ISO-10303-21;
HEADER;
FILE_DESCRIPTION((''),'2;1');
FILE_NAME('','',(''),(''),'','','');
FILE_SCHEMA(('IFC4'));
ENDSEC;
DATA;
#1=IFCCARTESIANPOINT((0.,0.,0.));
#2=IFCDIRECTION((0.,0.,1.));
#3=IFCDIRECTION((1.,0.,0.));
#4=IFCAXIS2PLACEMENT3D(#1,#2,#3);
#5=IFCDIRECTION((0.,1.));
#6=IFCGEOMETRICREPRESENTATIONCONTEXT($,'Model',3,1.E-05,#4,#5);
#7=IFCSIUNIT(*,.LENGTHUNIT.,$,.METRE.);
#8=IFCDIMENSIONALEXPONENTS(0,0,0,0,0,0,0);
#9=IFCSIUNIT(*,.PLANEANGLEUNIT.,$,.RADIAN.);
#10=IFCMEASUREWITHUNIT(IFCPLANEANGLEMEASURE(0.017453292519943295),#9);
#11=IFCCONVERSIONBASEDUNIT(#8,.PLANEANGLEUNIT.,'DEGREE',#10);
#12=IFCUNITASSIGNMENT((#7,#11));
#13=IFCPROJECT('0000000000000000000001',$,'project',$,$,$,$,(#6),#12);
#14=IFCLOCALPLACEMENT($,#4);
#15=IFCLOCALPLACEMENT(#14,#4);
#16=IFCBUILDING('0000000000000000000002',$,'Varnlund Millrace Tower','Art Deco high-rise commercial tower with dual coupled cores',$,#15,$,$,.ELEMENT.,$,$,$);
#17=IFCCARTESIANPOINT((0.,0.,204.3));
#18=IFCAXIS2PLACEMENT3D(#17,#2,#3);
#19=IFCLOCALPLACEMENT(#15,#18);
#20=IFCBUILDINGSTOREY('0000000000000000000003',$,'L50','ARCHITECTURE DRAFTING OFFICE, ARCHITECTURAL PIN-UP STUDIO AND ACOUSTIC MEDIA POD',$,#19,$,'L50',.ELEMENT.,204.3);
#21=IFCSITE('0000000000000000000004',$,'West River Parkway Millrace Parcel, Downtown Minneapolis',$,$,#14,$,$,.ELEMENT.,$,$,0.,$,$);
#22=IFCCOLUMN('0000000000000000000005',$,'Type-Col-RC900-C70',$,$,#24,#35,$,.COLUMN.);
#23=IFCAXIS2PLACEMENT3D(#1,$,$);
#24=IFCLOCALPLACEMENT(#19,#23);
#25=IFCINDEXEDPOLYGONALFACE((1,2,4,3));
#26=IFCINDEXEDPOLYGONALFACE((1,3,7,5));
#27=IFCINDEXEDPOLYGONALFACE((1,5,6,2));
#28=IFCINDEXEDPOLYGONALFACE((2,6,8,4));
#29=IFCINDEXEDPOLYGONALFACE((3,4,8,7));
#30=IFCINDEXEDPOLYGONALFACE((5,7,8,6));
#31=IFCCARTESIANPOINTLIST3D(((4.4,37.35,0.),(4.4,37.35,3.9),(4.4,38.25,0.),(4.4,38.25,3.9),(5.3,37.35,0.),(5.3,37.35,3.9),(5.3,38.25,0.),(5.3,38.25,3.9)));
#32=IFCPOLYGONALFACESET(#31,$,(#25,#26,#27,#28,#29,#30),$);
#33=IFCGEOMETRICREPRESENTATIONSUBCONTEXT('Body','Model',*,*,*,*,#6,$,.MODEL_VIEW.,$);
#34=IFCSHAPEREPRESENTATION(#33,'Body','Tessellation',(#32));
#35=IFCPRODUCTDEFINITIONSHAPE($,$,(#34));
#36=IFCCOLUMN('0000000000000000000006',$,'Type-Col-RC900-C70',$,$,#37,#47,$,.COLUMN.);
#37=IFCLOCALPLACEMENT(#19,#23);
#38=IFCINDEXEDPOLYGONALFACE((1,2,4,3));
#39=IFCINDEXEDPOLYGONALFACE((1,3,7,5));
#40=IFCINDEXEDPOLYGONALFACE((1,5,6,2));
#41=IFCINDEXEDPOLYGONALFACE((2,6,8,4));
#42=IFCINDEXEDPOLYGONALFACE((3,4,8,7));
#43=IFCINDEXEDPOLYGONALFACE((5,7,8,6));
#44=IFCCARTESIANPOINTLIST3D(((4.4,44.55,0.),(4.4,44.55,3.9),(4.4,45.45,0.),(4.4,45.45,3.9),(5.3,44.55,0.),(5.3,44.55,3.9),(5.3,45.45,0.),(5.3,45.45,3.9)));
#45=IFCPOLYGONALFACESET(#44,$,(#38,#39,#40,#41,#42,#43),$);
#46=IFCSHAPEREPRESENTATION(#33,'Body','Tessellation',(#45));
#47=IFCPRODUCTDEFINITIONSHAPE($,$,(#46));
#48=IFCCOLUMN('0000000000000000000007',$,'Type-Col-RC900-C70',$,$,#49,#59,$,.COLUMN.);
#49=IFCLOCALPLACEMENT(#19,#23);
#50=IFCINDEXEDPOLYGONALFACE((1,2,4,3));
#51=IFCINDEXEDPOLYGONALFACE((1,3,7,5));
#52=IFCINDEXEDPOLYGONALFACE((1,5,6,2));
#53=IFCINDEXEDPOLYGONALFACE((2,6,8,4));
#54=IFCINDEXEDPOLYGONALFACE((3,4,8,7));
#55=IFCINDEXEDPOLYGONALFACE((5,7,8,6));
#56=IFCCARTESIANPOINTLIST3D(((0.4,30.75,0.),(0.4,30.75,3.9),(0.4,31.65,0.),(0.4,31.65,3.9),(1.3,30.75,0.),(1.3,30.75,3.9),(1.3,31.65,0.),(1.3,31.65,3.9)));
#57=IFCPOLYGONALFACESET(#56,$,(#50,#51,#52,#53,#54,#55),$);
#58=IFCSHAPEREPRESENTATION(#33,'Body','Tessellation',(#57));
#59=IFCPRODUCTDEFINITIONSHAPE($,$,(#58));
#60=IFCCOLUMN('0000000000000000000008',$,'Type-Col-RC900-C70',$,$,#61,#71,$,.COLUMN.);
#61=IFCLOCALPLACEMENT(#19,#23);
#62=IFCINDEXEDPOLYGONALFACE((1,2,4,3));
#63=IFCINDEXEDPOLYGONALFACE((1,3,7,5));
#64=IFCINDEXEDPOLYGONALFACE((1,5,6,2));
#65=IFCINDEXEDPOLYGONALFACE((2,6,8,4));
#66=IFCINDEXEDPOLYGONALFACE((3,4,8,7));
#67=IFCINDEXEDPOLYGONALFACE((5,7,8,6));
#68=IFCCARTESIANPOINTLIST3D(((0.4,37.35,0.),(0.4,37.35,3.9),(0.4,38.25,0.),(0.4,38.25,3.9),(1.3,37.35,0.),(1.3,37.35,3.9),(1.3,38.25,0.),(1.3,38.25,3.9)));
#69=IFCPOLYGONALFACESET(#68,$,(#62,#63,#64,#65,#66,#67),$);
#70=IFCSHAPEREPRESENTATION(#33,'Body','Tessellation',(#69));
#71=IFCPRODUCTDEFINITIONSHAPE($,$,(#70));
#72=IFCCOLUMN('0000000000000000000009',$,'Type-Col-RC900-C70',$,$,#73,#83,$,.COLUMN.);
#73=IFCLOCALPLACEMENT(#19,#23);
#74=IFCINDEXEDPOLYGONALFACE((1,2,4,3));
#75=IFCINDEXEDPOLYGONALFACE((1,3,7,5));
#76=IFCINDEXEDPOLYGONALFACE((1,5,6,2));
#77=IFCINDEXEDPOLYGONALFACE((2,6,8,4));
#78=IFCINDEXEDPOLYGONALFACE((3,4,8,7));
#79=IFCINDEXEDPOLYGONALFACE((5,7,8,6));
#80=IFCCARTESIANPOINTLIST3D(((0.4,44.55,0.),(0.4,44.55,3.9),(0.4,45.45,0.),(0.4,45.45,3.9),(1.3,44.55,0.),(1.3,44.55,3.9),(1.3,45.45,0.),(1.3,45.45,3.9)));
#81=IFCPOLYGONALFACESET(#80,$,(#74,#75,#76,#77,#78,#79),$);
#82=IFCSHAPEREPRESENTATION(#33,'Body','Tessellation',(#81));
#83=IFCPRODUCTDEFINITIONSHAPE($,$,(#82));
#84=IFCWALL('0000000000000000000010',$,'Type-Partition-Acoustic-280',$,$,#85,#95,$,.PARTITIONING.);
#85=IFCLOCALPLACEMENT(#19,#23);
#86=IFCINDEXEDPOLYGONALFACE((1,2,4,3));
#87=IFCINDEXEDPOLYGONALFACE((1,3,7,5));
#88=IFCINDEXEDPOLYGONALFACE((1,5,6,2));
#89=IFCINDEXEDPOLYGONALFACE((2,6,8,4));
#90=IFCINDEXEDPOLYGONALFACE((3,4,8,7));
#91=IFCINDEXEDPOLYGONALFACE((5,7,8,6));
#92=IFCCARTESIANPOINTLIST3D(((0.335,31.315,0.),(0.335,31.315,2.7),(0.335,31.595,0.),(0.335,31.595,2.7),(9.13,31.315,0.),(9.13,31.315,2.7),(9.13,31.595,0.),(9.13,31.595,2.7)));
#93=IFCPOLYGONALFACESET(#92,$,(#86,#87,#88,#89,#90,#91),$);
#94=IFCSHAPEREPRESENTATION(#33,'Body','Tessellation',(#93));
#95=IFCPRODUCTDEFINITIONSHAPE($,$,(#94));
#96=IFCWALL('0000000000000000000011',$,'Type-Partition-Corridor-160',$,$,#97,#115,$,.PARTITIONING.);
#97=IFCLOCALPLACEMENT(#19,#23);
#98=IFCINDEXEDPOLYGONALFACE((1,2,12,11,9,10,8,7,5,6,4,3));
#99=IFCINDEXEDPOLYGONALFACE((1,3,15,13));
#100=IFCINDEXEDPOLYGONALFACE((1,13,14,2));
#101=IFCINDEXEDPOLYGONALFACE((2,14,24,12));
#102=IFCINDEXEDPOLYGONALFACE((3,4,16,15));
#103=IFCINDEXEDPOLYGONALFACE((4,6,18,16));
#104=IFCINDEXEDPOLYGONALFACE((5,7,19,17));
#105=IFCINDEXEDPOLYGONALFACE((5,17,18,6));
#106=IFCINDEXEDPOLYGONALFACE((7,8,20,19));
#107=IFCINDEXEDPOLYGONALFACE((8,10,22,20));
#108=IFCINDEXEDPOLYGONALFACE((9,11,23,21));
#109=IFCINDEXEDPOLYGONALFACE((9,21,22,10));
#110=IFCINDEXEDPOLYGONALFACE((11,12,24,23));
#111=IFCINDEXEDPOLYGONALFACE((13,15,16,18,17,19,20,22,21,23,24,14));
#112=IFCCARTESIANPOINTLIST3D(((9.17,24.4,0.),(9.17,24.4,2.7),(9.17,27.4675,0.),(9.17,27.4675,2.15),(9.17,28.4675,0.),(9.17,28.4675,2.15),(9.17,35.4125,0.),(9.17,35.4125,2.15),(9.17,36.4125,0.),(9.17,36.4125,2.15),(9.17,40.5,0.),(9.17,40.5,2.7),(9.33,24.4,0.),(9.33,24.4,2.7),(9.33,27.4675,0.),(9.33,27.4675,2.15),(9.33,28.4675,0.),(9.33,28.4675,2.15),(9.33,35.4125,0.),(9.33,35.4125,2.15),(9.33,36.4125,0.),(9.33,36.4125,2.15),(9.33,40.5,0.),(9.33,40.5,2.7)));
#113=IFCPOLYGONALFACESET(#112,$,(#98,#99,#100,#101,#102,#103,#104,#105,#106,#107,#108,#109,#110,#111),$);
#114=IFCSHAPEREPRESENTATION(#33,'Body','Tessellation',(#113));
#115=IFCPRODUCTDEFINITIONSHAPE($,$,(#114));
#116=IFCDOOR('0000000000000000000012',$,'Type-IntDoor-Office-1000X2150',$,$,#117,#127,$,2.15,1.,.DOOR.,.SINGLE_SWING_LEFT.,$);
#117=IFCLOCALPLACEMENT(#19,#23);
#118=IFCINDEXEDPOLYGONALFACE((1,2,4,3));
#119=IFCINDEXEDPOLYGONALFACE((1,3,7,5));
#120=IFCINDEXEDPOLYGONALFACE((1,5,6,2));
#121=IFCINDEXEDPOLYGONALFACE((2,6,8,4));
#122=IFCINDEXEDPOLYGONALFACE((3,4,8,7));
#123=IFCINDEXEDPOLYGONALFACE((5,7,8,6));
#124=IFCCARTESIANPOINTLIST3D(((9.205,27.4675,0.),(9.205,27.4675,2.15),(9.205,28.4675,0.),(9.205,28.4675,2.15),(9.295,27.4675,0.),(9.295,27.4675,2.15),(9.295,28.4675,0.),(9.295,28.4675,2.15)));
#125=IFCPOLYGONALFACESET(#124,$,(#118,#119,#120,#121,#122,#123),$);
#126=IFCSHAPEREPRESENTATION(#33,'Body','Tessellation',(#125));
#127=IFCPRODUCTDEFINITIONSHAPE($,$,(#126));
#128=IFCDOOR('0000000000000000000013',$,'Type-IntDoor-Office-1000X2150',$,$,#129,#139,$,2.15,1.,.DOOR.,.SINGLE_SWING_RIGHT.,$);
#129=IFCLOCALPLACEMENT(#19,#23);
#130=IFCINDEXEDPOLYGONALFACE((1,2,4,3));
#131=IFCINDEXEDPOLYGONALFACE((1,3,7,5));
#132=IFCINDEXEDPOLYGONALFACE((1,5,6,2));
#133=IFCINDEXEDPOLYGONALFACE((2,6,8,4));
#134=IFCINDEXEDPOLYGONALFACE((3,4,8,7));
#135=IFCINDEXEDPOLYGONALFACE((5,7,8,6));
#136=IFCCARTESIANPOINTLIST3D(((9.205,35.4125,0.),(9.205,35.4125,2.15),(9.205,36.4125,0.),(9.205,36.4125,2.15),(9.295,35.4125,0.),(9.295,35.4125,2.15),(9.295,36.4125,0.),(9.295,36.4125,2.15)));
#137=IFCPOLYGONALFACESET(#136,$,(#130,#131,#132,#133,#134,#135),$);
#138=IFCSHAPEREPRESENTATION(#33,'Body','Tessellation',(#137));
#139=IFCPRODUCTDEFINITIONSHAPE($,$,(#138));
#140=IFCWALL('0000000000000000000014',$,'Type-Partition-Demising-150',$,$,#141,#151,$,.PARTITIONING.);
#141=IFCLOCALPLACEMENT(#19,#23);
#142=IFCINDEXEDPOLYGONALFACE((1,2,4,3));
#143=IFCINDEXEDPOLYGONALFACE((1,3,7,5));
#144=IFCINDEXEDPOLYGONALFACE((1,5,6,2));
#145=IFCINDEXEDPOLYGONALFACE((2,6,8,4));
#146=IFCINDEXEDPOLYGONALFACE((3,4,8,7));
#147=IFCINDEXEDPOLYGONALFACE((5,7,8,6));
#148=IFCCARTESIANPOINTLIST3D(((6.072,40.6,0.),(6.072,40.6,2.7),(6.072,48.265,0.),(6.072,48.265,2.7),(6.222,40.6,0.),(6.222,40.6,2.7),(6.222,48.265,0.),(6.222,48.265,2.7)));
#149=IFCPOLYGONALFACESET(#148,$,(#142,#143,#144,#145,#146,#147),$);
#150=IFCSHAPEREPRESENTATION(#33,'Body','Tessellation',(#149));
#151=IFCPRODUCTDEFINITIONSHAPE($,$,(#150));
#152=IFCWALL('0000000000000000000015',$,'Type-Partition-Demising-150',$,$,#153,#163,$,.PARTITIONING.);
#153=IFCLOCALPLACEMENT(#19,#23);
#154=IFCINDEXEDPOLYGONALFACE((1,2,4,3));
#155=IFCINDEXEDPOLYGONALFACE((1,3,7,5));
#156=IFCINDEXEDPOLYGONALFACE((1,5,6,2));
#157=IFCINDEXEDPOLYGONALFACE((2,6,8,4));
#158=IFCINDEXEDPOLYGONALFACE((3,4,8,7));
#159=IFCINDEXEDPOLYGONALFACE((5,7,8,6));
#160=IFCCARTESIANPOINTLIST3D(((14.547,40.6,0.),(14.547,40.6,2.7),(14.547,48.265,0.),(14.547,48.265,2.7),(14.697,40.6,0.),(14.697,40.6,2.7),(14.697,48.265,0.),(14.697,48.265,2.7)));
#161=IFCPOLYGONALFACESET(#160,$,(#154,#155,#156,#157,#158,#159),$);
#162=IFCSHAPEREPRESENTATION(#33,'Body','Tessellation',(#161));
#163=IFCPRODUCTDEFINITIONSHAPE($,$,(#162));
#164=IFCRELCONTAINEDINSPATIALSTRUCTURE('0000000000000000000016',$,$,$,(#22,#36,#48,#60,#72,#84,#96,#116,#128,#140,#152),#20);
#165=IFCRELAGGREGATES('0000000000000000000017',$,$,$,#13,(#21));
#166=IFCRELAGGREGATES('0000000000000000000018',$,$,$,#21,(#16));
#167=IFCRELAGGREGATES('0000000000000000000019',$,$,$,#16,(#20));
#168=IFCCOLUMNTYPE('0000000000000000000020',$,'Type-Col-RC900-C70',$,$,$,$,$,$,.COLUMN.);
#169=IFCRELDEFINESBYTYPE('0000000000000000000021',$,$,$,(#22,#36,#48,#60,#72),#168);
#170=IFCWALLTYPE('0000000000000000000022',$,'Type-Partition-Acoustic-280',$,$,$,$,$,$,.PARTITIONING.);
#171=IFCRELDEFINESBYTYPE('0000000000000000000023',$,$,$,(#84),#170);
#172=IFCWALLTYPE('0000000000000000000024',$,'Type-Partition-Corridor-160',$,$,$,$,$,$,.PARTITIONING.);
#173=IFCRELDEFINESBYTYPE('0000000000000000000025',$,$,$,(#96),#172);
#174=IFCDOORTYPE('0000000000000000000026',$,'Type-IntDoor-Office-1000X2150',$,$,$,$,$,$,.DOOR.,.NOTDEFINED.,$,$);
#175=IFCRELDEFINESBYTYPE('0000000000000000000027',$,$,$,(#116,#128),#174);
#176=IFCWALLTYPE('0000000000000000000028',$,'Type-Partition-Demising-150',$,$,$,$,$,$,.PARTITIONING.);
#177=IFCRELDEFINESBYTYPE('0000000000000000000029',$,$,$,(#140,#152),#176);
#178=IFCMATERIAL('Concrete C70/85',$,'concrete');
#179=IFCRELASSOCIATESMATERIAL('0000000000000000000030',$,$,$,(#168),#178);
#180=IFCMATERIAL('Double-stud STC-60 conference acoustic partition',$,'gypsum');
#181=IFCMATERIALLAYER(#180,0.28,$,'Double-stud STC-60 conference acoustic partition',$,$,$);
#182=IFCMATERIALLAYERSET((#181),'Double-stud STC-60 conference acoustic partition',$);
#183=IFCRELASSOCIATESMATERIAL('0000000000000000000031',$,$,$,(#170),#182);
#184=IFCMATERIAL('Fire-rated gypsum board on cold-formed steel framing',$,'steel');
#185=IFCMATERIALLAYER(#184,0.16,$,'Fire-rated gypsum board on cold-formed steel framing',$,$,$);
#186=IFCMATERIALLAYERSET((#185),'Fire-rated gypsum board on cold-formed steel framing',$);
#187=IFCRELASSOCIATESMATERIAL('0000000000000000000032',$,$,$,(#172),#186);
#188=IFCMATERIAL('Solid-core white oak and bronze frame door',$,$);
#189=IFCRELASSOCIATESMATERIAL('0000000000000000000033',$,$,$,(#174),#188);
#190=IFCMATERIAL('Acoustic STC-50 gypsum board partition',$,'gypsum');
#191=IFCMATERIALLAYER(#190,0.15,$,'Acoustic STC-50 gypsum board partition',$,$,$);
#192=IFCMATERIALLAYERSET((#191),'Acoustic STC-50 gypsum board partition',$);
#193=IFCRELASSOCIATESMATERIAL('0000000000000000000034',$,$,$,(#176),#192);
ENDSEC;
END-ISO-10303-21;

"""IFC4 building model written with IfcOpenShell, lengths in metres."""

from ifc_helpers import new_model, entity, si_unit, converted_unit, direction, frame, origin_with_axes, origin_2d_with_axis, place, context, subcontext, project, spatial, polyline, rectangle, outline, extrude, material, layer, layer_set, material_profile, profile_set, type_object, element, fill, save


model = new_model("IFC4")

# Units and contexts
model_context = context("Model", 3, precision=1e-05, world=origin_with_axes(), true_north=direction((0.0, 1.0)))
body_context = subcontext(model_context, "Body", "Model", "MODEL_VIEW")
ifc_project = project(units=[si_unit("LENGTHUNIT", "METRE"), converted_unit("PLANEANGLEUNIT", "DEGREE", entity("IfcPlaneAngleMeasure", 0.017453292519943295), si_unit("PLANEANGLEUNIT", "RADIAN"), dimensions=[0, 0, 0, 0, 0, 0, 0])], contexts=[model_context])

# Site, building, storey
site_placement = place(None, origin_with_axes())
site = spatial("IfcSite", under=ifc_project, at=site_placement, Name="West River Parkway Millrace Parcel, Downtown Minneapolis", CompositionType="ELEMENT", RefElevation=0.0)
building_placement = place(site_placement, origin_with_axes())
building = spatial("IfcBuilding", under=site, at=building_placement, Name="Varnlund Millrace Tower", Description="Art Deco high-rise commercial tower with dual coupled cores", CompositionType="ELEMENT")
storey_placement = place(building_placement, frame((0.0, 0.0, 204.3), z_axis=(0.0, 0.0, 1.0), x_axis=(1.0, 0.0, 0.0)))
storey = spatial("IfcBuildingStorey", under=building, at=storey_placement, Name="L50", Description="ARCHITECTURE DRAFTING OFFICE, ARCHITECTURAL PIN-UP STUDIO AND ACOUSTIC MEDIA POD", LongName="L50", CompositionType="ELEMENT", Elevation=204.3)

# Columns
ifc_material_1 = material(Name="Concrete C70/85", Category="concrete")
ifc_material_profile = material_profile(ifc_material_1, rectangle(XDim=0.9, YDim=0.9, at=origin_2d_with_axis()), Name="Concrete C70/85")
ifc_profile_set = profile_set([ifc_material_profile], Name="Concrete C70/85")
column_type = type_object("IfcColumnType", Name="Type-Col-RC900-C70", PredefinedType="COLUMN", material=ifc_profile_set)
for number, where, z_axis, x_axis, name in (
    (1, (4.85, 37.8, 0.0), (0.0, 0.0, 1.0), (1.0, 0.0, 0.0), "Type-Col-RC900-C70"),
    (2, (4.85, 45.0, 0.0), (0.0, 0.0, 1.0), (1.0, 0.0, 0.0), "Type-Col-RC900-C70"),
    (3, (0.85, 31.2, 0.0), (0.0, 0.0, 1.0), (1.0, 0.0, 0.0), "Type-Col-RC900-C70"),
    (4, (0.85, 37.8, 0.0), (0.0, 0.0, 1.0), (1.0, 0.0, 0.0), "Type-Col-RC900-C70"),
    (5, (0.85, 45.0, 0.0), (0.0, 0.0, 1.0), (1.0, 0.0, 0.0), "Type-Col-RC900-C70"),
):
    element("IfcColumn", number, at=place(storey_placement, frame(where, z_axis=z_axis, x_axis=x_axis)), inside=storey, type_object=column_type, Name=name, PredefinedType="COLUMN", context=body_context, shape_type="SweptSolid", body=[
        extrude(rectangle(XDim=0.9, YDim=0.9, at=origin_2d_with_axis()), origin_with_axes(), (0.0, 0.0, 1.0), 3.9),
    ])

# Wall
ifc_material_2 = material(Name="Double-stud STC-60 conference acoustic partition", Category="gypsum")
ifc_layer_1 = layer(ifc_material_2, 0.28, Name="Double-stud STC-60 conference acoustic partition")
ifc_layer_set_1 = layer_set([ifc_layer_1], Name="Double-stud STC-60 conference acoustic partition")
wall_type_1 = type_object("IfcWallType", Name="Type-Partition-Acoustic-280", PredefinedType="PARTITIONING", material=ifc_layer_set_1)
wall_1_placement = place(storey_placement, frame((0.335, 31.455, 0.0), z_axis=(0.0, 0.0, 1.0), x_axis=(1.0, 0.0, 0.0)))
element("IfcWall", 6, at=wall_1_placement, inside=storey, type_object=wall_type_1, Name="Type-Partition-Acoustic-280", PredefinedType="PARTITIONING", context=body_context, shape_type="SweptSolid", body=[
    extrude(outline(polyline([(0.0, -0.14), (8.795, -0.14), (8.795, 0.14), (0.0, 0.14), (0.0, -0.14)])), origin_with_axes(), (0.0, 0.0, 1.0), 2.7),
])

# Wall, openings, doors
ifc_material_3 = material(Name="Fire-rated gypsum board on cold-formed steel framing", Category="steel")
ifc_layer_2 = layer(ifc_material_3, 0.16, Name="Fire-rated gypsum board on cold-formed steel framing")
ifc_layer_set_2 = layer_set([ifc_layer_2], Name="Fire-rated gypsum board on cold-formed steel framing")
wall_type_2 = type_object("IfcWallType", Name="Type-Partition-Corridor-160", PredefinedType="PARTITIONING", material=ifc_layer_set_2)
ifc_material_4 = material(Name="Solid-core white oak and bronze frame door")
door_type_1 = type_object("IfcDoorType", Name="Type-IntDoor-Office-1000X2150", OperationType="NOTDEFINED", PredefinedType="DOOR", material=ifc_material_4)
wall_2_placement = place(storey_placement, frame((9.25, 24.4, 0.0), z_axis=(0.0, 0.0, 1.0), x_axis=(0.0, 1.0, 0.0)))
wall_2 = element("IfcWall", 7, at=wall_2_placement, inside=storey, type_object=wall_type_2, Name="Type-Partition-Corridor-160", PredefinedType="PARTITIONING", context=body_context, shape_type="SweptSolid", body=[
    extrude(outline(polyline([(0.0, -0.08), (16.1, -0.08), (16.1, 0.08), (0.0, 0.08), (0.0, -0.08)])), origin_with_axes(), (0.0, 0.0, 1.0), 2.7),
])
opening_1_placement = place(wall_2_placement, frame((3.5675, 0.0, 0.0), z_axis=(0.0, 0.0, 1.0), x_axis=(1.0, 0.0, 0.0)))
opening_1 = element("IfcOpeningElement", 8, at=opening_1_placement, cuts=wall_2, PredefinedType="OPENING", context=body_context, shape_type="SweptSolid", body=[
    extrude(rectangle(XDim=1.0, YDim=0.18, at=origin_2d_with_axis()), origin_with_axes(), (0.0, 0.0, 1.0), 2.15),
])
opening_2_placement = place(wall_2_placement, frame((11.5125, 0.0, 0.0), z_axis=(0.0, 0.0, 1.0), x_axis=(1.0, 0.0, 0.0)))
opening_2 = element("IfcOpeningElement", 9, at=opening_2_placement, cuts=wall_2, PredefinedType="OPENING", context=body_context, shape_type="SweptSolid", body=[
    extrude(rectangle(XDim=1.0, YDim=0.18, at=origin_2d_with_axis()), origin_with_axes(), (0.0, 0.0, 1.0), 2.15),
])
door_1_placement = place(wall_2_placement, frame((3.5675, 0.0, 0.0), z_axis=(0.0, 0.0, 1.0), x_axis=(1.0, 0.0, 0.0)))
door_1 = element("IfcDoor", 10, at=door_1_placement, inside=storey, type_object=door_type_1, Name="Type-IntDoor-Office-1000X2150", OperationType="SINGLE_SWING_LEFT", OverallHeight=2.15, OverallWidth=1.0, PredefinedType="DOOR", context=body_context, shape_type="SweptSolid", body=[
    extrude(rectangle(XDim=1.0, YDim=0.09, at=origin_2d_with_axis()), origin_with_axes(), (0.0, 0.0, 1.0), 2.15),
])
fill(opening_1, door_1)
door_2_placement = place(wall_2_placement, frame((11.5125, 0.0, 0.0), z_axis=(0.0, 0.0, 1.0), x_axis=(1.0, 0.0, 0.0)))
door_2 = element("IfcDoor", 11, at=door_2_placement, inside=storey, type_object=door_type_1, Name="Type-IntDoor-Office-1000X2150", OperationType="SINGLE_SWING_RIGHT", OverallHeight=2.15, OverallWidth=1.0, PredefinedType="DOOR", context=body_context, shape_type="SweptSolid", body=[
    extrude(rectangle(XDim=1.0, YDim=0.09, at=origin_2d_with_axis()), origin_with_axes(), (0.0, 0.0, 1.0), 2.15),
])
fill(opening_2, door_2)

# Walls
ifc_material_5 = material(Name="Acoustic STC-50 gypsum board partition", Category="gypsum")
ifc_layer_3 = layer(ifc_material_5, 0.15, Name="Acoustic STC-50 gypsum board partition")
ifc_layer_set_3 = layer_set([ifc_layer_3], Name="Acoustic STC-50 gypsum board partition")
wall_type_3 = type_object("IfcWallType", Name="Type-Partition-Demising-150", PredefinedType="PARTITIONING", material=ifc_layer_set_3)
for number, where, z_axis, x_axis, name in (
    (12, (6.147, 40.6, 0.0), (0.0, 0.0, 1.0), (0.0, 1.0, 0.0), "Type-Partition-Demising-150"),
    (13, (14.622, 40.6, 0.0), (0.0, 0.0, 1.0), (0.0, 1.0, 0.0), "Type-Partition-Demising-150"),
):
    element("IfcWall", number, at=place(storey_placement, frame(where, z_axis=z_axis, x_axis=x_axis)), inside=storey, type_object=wall_type_3, Name=name, PredefinedType="PARTITIONING", context=body_context, shape_type="SweptSolid", body=[
        extrude(outline(polyline([(0.0, -0.075), (7.665, -0.075), (7.665, 0.075), (0.0, 0.075), (0.0, -0.075)])), origin_with_axes(), (0.0, 0.0, 1.0), 2.7),
    ])

save(model, "model.ifc")
